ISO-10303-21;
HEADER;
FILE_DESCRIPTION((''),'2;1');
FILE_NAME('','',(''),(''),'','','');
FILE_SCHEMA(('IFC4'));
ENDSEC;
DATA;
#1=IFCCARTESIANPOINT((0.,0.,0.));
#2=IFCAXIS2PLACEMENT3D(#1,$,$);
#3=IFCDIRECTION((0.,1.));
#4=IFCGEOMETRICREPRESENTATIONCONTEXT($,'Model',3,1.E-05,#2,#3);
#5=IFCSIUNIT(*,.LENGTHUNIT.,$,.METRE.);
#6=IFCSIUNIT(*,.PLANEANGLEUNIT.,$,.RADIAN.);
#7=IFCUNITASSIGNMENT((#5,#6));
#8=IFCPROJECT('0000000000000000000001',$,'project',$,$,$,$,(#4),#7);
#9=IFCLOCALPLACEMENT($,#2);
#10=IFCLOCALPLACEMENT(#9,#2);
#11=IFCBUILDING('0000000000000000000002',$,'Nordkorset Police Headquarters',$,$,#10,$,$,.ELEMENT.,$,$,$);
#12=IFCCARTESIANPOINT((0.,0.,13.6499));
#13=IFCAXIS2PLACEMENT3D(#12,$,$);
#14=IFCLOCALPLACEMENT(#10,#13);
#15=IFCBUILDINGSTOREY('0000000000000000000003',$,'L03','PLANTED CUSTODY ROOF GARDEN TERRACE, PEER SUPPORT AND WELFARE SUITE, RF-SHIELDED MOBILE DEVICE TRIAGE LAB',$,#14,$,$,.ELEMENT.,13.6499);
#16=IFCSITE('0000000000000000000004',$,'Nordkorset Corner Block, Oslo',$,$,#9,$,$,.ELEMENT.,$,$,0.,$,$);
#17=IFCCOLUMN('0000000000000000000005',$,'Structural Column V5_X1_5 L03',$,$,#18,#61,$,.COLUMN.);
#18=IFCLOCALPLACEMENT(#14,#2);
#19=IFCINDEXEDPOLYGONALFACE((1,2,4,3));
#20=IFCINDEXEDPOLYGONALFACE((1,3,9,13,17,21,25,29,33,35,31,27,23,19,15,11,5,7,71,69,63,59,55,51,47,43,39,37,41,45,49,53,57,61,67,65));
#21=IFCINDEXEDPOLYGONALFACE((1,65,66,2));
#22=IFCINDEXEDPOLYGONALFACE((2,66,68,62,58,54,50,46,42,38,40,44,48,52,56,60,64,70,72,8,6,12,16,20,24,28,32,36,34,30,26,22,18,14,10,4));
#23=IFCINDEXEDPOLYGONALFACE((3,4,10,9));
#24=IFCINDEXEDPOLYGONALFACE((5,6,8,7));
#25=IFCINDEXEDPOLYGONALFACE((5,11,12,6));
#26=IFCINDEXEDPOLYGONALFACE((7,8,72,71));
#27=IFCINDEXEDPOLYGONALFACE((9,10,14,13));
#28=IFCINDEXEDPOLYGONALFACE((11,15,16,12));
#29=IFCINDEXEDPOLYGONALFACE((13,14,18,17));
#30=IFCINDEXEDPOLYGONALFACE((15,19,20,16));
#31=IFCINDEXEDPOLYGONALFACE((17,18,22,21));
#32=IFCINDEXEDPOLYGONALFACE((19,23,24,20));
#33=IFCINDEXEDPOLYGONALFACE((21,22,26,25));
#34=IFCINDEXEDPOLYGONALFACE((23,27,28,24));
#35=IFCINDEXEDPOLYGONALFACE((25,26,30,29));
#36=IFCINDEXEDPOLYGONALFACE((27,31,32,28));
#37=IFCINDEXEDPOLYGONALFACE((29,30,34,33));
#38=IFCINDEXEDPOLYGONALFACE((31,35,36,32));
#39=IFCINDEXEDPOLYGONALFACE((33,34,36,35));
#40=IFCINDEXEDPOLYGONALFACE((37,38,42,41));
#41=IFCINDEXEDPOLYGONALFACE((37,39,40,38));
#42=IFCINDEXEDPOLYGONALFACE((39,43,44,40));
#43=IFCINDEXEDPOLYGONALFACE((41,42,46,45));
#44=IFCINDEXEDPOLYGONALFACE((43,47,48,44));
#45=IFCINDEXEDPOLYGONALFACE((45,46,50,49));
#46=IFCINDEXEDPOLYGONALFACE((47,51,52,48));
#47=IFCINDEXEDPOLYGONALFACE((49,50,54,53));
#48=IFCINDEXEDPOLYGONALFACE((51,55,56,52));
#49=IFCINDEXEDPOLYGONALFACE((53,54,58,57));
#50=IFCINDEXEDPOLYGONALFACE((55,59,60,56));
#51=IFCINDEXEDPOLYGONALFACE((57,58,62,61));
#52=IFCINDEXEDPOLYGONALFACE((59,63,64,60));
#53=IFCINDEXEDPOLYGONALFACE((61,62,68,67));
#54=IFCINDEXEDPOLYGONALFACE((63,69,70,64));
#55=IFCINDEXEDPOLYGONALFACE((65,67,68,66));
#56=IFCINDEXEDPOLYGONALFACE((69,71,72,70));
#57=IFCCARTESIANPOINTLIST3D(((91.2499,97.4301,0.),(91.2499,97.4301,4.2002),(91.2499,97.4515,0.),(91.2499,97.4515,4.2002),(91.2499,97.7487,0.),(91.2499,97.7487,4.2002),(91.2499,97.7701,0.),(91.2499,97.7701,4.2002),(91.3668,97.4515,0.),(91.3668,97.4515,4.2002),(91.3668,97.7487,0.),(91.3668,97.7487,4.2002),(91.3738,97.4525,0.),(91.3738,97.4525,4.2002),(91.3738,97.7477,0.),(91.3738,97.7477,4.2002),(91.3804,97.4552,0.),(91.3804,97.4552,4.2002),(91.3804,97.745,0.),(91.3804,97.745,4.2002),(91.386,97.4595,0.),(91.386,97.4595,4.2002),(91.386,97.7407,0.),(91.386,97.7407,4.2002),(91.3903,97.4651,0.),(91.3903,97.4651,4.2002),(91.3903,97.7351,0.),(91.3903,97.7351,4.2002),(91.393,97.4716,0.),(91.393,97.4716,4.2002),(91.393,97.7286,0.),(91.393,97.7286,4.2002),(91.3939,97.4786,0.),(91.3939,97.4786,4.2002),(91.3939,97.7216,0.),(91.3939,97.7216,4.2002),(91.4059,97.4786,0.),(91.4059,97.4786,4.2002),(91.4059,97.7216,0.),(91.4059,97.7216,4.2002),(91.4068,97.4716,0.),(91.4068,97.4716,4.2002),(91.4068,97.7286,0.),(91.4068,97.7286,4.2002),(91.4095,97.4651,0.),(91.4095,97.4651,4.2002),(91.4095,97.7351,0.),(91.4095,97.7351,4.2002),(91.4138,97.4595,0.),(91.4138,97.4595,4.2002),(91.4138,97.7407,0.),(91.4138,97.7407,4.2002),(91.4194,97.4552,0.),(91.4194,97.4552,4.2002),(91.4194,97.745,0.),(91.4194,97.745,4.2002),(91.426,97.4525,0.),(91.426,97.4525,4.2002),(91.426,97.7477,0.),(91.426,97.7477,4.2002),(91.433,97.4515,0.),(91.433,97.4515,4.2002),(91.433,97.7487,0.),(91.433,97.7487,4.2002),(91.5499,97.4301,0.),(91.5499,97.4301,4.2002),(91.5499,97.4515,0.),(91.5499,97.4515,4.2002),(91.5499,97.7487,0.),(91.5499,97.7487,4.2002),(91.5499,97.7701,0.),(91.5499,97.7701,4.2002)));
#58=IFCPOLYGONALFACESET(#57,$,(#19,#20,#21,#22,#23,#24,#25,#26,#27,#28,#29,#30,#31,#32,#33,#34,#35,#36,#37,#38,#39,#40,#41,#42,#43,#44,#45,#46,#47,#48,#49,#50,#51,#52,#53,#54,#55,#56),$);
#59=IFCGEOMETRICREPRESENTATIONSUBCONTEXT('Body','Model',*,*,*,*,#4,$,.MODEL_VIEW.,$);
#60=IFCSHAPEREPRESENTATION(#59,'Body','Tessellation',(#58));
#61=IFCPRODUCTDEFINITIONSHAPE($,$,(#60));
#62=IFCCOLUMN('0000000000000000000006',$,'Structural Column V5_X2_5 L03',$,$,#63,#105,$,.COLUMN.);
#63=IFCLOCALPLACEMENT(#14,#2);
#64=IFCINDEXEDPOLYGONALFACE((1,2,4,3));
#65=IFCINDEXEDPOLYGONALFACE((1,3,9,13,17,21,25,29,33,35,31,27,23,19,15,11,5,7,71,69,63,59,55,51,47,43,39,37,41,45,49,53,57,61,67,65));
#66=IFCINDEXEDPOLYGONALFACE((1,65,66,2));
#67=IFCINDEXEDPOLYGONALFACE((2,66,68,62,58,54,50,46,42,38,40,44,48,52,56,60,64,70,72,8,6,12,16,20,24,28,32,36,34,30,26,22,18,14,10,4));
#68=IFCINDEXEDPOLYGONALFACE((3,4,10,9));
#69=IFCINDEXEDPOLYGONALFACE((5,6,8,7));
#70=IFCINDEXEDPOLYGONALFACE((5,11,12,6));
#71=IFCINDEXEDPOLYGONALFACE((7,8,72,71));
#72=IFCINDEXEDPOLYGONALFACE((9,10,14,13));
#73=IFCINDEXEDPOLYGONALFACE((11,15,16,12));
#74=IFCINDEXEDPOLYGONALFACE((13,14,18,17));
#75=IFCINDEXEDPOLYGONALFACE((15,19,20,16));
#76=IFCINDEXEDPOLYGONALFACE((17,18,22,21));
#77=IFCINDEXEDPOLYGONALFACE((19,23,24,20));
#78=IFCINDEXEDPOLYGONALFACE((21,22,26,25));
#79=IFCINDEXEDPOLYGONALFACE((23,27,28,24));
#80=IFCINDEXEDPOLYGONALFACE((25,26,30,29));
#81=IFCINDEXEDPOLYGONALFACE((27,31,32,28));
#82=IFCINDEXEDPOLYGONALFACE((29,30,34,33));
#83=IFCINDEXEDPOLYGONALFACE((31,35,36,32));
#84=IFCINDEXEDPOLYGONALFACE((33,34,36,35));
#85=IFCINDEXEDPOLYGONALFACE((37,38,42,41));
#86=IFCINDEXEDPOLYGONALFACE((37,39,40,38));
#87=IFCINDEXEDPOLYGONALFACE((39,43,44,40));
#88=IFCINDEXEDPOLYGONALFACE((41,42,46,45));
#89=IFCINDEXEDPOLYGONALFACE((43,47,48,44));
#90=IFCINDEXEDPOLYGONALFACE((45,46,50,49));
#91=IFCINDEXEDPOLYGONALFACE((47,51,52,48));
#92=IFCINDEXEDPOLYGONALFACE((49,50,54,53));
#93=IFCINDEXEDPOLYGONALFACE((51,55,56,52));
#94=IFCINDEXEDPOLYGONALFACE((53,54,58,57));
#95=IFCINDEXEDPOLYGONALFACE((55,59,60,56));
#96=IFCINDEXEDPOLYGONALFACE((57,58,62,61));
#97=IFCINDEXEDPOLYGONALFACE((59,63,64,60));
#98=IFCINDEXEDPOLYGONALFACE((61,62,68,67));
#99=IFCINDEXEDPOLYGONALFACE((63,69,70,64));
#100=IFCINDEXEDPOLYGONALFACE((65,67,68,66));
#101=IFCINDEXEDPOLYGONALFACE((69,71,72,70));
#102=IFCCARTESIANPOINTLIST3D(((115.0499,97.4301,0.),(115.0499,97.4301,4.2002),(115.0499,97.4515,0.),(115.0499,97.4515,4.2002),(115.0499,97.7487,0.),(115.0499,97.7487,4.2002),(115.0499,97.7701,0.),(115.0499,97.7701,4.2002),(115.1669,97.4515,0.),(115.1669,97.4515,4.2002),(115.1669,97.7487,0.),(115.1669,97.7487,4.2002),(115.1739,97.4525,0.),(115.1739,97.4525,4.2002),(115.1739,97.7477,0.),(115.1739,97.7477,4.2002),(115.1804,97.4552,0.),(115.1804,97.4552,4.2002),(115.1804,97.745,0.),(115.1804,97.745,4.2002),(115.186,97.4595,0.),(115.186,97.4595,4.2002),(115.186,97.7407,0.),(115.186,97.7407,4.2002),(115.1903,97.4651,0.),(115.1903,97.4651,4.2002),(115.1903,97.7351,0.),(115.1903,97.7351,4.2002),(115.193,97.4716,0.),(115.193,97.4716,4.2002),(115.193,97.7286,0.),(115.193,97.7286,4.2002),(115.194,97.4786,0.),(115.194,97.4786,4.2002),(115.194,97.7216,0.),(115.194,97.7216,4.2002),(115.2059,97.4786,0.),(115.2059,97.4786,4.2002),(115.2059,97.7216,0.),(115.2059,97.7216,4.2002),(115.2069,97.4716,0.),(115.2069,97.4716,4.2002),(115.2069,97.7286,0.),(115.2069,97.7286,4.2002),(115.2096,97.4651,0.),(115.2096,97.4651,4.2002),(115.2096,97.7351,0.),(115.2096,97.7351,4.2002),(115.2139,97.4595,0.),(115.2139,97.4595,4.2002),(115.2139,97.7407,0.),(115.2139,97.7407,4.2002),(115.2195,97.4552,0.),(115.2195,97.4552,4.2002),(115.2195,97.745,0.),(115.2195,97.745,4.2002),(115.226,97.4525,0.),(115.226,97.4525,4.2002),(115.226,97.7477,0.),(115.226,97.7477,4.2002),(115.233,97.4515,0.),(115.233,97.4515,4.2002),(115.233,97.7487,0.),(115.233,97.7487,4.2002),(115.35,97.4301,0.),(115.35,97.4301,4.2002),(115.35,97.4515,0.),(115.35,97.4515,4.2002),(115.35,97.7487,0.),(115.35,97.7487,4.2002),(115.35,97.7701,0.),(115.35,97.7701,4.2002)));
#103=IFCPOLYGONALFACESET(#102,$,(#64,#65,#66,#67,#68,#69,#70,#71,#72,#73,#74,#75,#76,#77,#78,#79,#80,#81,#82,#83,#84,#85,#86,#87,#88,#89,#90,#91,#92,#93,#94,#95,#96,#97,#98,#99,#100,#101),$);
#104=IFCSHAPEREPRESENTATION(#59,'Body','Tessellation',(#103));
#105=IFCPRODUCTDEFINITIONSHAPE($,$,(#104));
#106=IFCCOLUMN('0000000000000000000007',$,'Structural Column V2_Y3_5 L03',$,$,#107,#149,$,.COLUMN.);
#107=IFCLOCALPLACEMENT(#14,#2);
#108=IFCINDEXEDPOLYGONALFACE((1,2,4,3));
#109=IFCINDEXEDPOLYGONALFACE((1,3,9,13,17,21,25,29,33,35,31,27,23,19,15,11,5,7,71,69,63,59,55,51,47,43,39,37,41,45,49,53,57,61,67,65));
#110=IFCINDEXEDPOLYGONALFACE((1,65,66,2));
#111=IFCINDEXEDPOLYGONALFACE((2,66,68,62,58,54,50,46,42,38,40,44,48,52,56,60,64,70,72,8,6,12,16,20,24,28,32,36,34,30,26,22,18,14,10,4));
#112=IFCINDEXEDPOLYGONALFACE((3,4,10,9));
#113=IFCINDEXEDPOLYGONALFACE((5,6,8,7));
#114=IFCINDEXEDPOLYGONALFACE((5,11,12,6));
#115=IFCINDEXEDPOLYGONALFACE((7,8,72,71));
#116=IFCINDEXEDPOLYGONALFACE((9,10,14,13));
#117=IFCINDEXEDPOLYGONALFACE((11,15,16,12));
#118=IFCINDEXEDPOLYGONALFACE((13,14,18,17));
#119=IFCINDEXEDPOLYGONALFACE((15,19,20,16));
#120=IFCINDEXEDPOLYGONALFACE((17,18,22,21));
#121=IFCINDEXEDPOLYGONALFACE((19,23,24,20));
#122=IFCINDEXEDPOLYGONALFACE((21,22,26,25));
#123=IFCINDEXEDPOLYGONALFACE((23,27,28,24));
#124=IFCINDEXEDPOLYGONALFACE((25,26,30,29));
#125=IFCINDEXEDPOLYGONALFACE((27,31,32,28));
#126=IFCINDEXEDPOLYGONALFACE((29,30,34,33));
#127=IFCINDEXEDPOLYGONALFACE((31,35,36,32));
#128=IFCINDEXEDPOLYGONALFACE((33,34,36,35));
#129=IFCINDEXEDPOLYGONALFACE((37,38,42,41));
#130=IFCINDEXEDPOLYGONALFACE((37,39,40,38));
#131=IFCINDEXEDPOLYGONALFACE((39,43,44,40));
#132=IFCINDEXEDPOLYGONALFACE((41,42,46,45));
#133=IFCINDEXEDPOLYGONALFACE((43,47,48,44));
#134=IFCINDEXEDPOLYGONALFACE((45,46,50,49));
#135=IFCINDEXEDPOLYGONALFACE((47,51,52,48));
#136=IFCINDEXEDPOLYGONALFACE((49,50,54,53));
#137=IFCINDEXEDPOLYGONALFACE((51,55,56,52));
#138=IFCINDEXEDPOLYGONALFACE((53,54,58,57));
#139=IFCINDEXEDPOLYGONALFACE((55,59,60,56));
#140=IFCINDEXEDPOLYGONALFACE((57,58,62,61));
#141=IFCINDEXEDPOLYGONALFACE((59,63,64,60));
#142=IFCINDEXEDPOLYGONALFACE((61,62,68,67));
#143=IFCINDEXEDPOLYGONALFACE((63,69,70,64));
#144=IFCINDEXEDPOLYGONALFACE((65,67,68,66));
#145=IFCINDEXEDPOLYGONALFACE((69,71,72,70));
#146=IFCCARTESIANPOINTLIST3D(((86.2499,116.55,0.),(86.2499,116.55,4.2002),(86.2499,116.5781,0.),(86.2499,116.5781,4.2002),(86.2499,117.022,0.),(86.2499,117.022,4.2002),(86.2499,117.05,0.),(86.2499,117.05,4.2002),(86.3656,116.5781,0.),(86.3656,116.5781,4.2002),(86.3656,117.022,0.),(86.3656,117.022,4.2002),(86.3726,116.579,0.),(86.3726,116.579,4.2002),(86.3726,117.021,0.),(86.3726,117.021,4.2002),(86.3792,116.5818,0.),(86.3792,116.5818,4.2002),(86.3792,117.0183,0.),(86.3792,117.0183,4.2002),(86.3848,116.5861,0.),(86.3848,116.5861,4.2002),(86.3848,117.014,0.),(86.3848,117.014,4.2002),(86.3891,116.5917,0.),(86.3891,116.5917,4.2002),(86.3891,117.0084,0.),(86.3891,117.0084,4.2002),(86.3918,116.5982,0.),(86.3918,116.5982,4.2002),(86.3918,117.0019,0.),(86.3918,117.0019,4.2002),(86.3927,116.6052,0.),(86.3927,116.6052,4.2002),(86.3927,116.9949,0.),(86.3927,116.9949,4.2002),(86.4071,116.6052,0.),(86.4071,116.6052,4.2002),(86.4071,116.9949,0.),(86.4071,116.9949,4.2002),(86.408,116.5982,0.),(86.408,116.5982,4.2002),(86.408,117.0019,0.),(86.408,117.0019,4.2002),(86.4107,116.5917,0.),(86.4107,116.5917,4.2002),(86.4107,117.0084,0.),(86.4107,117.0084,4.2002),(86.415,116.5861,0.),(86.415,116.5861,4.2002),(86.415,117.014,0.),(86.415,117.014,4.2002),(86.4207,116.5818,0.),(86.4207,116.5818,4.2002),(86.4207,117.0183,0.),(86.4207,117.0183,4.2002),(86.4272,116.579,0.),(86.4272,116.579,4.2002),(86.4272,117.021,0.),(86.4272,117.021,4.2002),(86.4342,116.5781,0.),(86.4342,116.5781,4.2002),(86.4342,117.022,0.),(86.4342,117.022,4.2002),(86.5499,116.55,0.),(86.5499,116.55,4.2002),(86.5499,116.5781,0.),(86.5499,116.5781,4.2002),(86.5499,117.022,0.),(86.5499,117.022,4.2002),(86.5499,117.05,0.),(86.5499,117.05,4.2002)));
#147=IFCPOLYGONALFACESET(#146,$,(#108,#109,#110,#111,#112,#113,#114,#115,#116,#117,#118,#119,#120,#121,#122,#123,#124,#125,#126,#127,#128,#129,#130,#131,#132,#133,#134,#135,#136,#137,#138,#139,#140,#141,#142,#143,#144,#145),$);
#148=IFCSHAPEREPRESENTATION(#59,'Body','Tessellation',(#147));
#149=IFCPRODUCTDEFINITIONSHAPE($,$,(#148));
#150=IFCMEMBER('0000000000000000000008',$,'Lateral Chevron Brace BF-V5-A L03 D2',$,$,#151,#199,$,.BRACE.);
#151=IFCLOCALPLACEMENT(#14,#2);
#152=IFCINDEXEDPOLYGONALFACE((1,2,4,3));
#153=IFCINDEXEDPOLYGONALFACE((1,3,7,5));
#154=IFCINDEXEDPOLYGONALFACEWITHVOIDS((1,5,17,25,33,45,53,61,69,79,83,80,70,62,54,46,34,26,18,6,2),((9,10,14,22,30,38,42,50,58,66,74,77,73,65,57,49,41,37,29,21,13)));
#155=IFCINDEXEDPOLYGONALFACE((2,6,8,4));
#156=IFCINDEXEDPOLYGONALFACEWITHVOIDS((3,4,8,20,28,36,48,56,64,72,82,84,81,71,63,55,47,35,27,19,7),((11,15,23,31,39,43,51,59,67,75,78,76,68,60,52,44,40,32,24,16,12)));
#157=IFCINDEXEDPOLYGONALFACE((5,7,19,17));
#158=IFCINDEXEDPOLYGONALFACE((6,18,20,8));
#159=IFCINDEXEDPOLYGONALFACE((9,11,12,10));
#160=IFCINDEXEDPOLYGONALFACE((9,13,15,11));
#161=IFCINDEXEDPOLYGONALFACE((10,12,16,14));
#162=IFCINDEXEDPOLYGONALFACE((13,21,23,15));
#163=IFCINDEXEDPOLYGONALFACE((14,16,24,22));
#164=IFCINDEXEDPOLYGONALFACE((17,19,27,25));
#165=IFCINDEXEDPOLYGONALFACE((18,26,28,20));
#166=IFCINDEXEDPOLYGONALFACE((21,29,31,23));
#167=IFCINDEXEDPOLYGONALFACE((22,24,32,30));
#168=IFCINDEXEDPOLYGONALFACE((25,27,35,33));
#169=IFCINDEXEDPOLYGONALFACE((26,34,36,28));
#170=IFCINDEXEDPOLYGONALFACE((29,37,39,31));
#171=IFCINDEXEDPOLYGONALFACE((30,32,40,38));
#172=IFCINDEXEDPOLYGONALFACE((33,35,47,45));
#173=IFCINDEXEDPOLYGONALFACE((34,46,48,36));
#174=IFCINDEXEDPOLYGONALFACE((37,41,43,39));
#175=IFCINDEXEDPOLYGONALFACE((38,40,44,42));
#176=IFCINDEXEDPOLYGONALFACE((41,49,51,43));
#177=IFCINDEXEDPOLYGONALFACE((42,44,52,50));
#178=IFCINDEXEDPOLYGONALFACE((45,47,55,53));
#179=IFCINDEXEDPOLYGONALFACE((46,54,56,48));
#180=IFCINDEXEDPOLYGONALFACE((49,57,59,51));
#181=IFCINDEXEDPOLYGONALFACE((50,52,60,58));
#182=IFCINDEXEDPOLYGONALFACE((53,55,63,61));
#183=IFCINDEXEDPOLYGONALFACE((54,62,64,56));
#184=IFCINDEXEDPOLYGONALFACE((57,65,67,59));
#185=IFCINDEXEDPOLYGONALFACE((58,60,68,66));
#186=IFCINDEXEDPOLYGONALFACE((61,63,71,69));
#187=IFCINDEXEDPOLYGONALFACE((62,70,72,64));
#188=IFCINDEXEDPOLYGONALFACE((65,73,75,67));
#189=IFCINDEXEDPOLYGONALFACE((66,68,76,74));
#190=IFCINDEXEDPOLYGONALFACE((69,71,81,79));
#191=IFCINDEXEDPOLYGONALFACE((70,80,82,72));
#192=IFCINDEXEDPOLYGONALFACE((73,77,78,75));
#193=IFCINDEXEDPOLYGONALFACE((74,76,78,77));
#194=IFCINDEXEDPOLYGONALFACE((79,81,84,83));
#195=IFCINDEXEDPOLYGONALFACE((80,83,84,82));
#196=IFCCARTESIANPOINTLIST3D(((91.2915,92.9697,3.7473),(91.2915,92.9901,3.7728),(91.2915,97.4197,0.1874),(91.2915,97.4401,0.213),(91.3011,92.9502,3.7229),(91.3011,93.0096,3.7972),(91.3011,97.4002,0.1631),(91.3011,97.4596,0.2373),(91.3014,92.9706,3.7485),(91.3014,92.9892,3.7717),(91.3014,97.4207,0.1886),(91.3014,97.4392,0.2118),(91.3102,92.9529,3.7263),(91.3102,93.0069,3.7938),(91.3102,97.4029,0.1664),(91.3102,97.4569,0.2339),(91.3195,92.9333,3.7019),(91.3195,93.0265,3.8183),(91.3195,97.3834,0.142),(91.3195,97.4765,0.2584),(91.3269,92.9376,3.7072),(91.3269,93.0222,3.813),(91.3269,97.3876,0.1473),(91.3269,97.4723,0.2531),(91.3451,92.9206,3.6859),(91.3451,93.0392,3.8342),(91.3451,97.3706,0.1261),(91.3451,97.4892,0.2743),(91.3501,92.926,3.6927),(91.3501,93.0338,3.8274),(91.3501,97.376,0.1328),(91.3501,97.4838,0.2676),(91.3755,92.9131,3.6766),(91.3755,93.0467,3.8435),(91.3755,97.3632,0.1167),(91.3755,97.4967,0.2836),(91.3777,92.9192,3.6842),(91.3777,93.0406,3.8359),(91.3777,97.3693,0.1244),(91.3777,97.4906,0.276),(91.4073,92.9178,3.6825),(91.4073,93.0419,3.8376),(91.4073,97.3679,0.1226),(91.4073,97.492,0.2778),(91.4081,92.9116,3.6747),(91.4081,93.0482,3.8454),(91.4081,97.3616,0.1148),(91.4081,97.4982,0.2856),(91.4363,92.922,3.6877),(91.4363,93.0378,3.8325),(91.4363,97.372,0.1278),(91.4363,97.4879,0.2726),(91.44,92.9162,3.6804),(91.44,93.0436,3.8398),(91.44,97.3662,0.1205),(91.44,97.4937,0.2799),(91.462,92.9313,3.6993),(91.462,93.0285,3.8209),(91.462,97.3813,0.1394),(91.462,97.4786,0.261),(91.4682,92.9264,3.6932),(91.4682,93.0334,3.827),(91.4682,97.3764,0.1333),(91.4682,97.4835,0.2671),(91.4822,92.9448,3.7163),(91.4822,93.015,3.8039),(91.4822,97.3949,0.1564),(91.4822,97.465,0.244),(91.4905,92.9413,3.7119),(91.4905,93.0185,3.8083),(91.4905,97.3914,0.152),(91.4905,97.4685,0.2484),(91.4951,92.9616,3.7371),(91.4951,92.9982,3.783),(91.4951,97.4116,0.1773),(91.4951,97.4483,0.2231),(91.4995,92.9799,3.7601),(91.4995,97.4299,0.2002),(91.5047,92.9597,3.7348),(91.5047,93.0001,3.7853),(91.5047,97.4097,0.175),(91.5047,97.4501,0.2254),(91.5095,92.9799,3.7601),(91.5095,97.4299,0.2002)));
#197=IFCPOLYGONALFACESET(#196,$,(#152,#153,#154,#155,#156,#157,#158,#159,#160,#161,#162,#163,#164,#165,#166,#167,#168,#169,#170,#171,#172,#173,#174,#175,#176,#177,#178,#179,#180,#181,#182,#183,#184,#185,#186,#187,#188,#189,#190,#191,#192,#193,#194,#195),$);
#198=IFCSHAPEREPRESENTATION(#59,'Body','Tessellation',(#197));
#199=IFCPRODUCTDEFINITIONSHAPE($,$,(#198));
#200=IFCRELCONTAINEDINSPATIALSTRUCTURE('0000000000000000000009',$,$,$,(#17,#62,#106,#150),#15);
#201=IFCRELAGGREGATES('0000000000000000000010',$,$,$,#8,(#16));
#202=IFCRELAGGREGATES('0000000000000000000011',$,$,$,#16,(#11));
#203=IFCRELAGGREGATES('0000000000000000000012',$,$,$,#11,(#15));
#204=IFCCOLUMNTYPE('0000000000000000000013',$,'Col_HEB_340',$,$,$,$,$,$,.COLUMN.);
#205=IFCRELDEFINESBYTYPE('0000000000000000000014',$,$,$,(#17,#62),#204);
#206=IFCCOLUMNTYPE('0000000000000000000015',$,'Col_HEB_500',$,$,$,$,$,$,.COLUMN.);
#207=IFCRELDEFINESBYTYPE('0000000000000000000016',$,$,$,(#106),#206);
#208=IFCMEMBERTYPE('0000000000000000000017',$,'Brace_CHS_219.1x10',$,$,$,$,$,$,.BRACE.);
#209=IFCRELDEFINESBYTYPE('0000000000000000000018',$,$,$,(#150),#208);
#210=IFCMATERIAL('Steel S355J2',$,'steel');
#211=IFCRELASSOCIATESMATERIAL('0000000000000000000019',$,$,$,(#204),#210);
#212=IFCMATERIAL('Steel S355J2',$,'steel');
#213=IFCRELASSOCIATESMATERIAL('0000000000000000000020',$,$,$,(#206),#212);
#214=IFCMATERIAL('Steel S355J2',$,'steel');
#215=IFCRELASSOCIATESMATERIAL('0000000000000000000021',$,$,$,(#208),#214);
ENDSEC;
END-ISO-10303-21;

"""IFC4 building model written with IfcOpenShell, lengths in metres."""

from ifc_helpers import new_model, si_unit, direction, frame, origin, origin_2d, place, context, subcontext, project, spatial, hollow_circle, i_section, extrude, material, material_profile, profile_set, type_object, element, save


model = new_model("IFC4")

# Units and contexts
model_context = context("Model", 3, precision=1e-05, world=origin(), true_north=direction((0.0, 1.0)))
body_context = subcontext(model_context, "Body", "Model", "MODEL_VIEW")
ifc_project = project(units=[si_unit("LENGTHUNIT", "METRE"), si_unit("PLANEANGLEUNIT", "RADIAN")], contexts=[model_context])

# Site, building, storey
site_placement = place(None, origin())
site = spatial("IfcSite", under=ifc_project, at=site_placement, Name="Nordkorset Corner Block, Oslo", CompositionType="ELEMENT", RefElevation=0.0)
building_placement = place(site_placement, origin())
building = spatial("IfcBuilding", under=site, at=building_placement, Name="Nordkorset Police Headquarters", CompositionType="ELEMENT")
storey_placement = place(building_placement, frame((0.0, 0.0, 13.6499)))
storey = spatial("IfcBuildingStorey", under=building, at=storey_placement, Name="L03", Description="PLANTED CUSTODY ROOF GARDEN TERRACE, PEER SUPPORT AND WELFARE SUITE, RF-SHIELDED MOBILE DEVICE TRIAGE LAB", CompositionType="ELEMENT", Elevation=13.6499)

# Columns
ifc_material_1 = material(Name="Steel S355J2", Category="steel")
ifc_material_profile_1 = material_profile(ifc_material_1, i_section(OverallWidth=0.3, OverallDepth=0.3401, WebThickness=0.012, FlangeThickness=0.0215, FilletRadius=0.0271, at=origin_2d()), Name="HEB 340")
ifc_profile_set_1 = profile_set([ifc_material_profile_1], Name="Steel S355J2")
column_type_1 = type_object("IfcColumnType", Name="Col_HEB_340", PredefinedType="COLUMN", material=ifc_profile_set_1)
for number, where, z_axis, x_axis, name in (
    (1, (91.3999, 97.6001, 0.0), (0.0, 0.0, 1.0), (1.0, 0.0, 0.0), "Structural Column V5_X1_5 L03"),
    (2, (115.2, 97.6001, 0.0), (0.0, 0.0, 1.0), (1.0, 0.0, 0.0), "Structural Column V5_X2_5 L03"),
):
    element("IfcColumn", number, at=place(storey_placement, frame(where, z_axis=z_axis, x_axis=x_axis)), inside=storey, type_object=column_type_1, Name=name, PredefinedType="COLUMN", context=body_context, shape_type="SweptSolid", body=[
        extrude(i_section(OverallWidth=0.3, OverallDepth=0.3401, WebThickness=0.012, FlangeThickness=0.0215, FilletRadius=0.0271, at=origin_2d()), origin(), (0.0, 0.0, 1.0), 4.2002),
    ])
ifc_material_2 = material(Name="Steel S355J2", Category="steel")
ifc_material_profile_2 = material_profile(ifc_material_2, i_section(OverallWidth=0.3, OverallDepth=0.5, WebThickness=0.0144, FlangeThickness=0.0281, FilletRadius=0.0271, at=origin_2d()), Name="HEB 500")
ifc_profile_set_2 = profile_set([ifc_material_profile_2], Name="Steel S355J2")
column_type_2 = type_object("IfcColumnType", Name="Col_HEB_500", PredefinedType="COLUMN", material=ifc_profile_set_2)
column_placement = place(storey_placement, frame((86.3999, 116.8, 0.0), z_axis=(0.0, 0.0, 1.0), x_axis=(1.0, 0.0, 0.0)))
element("IfcColumn", 3, at=column_placement, inside=storey, type_object=column_type_2, Name="Structural Column V2_Y3_5 L03", PredefinedType="COLUMN", context=body_context, shape_type="SweptSolid", body=[
    extrude(i_section(OverallWidth=0.3, OverallDepth=0.5, WebThickness=0.0144, FlangeThickness=0.0281, FilletRadius=0.0271, at=origin_2d()), origin(), (0.0, 0.0, 1.0), 4.2002),
])

# Member
ifc_material_3 = material(Name="Steel S355J2", Category="steel")
ifc_material_profile_3 = material_profile(ifc_material_3, hollow_circle(Radius=0.1096, WallThickness=0.01, at=origin_2d()), Name="CHS 219.1x10")
ifc_profile_set_3 = profile_set([ifc_material_profile_3], Name="Steel S355J2")
member_type_1 = type_object("IfcMemberType", Name="Brace_CHS_219.1x10", PredefinedType="BRACE", material=ifc_profile_set_3)
member_1_placement = place(storey_placement, frame((91.3999, 97.4299, 0.2002), z_axis=(0.0, -0.780881, 0.624679), x_axis=(1.0, 0.0, 0.0)))
element("IfcMember", 4, at=member_1_placement, inside=storey, type_object=member_type_1, Name="Lateral Chevron Brace BF-V5-A L03 D2", PredefinedType="BRACE", context=body_context, shape_type="SweptSolid", body=[
    extrude(hollow_circle(Radius=0.1096, WallThickness=0.01, at=origin_2d()), origin(), (0.0, 0.0, 1.0), 5.6987),
])

save(model, "model.ifc")
